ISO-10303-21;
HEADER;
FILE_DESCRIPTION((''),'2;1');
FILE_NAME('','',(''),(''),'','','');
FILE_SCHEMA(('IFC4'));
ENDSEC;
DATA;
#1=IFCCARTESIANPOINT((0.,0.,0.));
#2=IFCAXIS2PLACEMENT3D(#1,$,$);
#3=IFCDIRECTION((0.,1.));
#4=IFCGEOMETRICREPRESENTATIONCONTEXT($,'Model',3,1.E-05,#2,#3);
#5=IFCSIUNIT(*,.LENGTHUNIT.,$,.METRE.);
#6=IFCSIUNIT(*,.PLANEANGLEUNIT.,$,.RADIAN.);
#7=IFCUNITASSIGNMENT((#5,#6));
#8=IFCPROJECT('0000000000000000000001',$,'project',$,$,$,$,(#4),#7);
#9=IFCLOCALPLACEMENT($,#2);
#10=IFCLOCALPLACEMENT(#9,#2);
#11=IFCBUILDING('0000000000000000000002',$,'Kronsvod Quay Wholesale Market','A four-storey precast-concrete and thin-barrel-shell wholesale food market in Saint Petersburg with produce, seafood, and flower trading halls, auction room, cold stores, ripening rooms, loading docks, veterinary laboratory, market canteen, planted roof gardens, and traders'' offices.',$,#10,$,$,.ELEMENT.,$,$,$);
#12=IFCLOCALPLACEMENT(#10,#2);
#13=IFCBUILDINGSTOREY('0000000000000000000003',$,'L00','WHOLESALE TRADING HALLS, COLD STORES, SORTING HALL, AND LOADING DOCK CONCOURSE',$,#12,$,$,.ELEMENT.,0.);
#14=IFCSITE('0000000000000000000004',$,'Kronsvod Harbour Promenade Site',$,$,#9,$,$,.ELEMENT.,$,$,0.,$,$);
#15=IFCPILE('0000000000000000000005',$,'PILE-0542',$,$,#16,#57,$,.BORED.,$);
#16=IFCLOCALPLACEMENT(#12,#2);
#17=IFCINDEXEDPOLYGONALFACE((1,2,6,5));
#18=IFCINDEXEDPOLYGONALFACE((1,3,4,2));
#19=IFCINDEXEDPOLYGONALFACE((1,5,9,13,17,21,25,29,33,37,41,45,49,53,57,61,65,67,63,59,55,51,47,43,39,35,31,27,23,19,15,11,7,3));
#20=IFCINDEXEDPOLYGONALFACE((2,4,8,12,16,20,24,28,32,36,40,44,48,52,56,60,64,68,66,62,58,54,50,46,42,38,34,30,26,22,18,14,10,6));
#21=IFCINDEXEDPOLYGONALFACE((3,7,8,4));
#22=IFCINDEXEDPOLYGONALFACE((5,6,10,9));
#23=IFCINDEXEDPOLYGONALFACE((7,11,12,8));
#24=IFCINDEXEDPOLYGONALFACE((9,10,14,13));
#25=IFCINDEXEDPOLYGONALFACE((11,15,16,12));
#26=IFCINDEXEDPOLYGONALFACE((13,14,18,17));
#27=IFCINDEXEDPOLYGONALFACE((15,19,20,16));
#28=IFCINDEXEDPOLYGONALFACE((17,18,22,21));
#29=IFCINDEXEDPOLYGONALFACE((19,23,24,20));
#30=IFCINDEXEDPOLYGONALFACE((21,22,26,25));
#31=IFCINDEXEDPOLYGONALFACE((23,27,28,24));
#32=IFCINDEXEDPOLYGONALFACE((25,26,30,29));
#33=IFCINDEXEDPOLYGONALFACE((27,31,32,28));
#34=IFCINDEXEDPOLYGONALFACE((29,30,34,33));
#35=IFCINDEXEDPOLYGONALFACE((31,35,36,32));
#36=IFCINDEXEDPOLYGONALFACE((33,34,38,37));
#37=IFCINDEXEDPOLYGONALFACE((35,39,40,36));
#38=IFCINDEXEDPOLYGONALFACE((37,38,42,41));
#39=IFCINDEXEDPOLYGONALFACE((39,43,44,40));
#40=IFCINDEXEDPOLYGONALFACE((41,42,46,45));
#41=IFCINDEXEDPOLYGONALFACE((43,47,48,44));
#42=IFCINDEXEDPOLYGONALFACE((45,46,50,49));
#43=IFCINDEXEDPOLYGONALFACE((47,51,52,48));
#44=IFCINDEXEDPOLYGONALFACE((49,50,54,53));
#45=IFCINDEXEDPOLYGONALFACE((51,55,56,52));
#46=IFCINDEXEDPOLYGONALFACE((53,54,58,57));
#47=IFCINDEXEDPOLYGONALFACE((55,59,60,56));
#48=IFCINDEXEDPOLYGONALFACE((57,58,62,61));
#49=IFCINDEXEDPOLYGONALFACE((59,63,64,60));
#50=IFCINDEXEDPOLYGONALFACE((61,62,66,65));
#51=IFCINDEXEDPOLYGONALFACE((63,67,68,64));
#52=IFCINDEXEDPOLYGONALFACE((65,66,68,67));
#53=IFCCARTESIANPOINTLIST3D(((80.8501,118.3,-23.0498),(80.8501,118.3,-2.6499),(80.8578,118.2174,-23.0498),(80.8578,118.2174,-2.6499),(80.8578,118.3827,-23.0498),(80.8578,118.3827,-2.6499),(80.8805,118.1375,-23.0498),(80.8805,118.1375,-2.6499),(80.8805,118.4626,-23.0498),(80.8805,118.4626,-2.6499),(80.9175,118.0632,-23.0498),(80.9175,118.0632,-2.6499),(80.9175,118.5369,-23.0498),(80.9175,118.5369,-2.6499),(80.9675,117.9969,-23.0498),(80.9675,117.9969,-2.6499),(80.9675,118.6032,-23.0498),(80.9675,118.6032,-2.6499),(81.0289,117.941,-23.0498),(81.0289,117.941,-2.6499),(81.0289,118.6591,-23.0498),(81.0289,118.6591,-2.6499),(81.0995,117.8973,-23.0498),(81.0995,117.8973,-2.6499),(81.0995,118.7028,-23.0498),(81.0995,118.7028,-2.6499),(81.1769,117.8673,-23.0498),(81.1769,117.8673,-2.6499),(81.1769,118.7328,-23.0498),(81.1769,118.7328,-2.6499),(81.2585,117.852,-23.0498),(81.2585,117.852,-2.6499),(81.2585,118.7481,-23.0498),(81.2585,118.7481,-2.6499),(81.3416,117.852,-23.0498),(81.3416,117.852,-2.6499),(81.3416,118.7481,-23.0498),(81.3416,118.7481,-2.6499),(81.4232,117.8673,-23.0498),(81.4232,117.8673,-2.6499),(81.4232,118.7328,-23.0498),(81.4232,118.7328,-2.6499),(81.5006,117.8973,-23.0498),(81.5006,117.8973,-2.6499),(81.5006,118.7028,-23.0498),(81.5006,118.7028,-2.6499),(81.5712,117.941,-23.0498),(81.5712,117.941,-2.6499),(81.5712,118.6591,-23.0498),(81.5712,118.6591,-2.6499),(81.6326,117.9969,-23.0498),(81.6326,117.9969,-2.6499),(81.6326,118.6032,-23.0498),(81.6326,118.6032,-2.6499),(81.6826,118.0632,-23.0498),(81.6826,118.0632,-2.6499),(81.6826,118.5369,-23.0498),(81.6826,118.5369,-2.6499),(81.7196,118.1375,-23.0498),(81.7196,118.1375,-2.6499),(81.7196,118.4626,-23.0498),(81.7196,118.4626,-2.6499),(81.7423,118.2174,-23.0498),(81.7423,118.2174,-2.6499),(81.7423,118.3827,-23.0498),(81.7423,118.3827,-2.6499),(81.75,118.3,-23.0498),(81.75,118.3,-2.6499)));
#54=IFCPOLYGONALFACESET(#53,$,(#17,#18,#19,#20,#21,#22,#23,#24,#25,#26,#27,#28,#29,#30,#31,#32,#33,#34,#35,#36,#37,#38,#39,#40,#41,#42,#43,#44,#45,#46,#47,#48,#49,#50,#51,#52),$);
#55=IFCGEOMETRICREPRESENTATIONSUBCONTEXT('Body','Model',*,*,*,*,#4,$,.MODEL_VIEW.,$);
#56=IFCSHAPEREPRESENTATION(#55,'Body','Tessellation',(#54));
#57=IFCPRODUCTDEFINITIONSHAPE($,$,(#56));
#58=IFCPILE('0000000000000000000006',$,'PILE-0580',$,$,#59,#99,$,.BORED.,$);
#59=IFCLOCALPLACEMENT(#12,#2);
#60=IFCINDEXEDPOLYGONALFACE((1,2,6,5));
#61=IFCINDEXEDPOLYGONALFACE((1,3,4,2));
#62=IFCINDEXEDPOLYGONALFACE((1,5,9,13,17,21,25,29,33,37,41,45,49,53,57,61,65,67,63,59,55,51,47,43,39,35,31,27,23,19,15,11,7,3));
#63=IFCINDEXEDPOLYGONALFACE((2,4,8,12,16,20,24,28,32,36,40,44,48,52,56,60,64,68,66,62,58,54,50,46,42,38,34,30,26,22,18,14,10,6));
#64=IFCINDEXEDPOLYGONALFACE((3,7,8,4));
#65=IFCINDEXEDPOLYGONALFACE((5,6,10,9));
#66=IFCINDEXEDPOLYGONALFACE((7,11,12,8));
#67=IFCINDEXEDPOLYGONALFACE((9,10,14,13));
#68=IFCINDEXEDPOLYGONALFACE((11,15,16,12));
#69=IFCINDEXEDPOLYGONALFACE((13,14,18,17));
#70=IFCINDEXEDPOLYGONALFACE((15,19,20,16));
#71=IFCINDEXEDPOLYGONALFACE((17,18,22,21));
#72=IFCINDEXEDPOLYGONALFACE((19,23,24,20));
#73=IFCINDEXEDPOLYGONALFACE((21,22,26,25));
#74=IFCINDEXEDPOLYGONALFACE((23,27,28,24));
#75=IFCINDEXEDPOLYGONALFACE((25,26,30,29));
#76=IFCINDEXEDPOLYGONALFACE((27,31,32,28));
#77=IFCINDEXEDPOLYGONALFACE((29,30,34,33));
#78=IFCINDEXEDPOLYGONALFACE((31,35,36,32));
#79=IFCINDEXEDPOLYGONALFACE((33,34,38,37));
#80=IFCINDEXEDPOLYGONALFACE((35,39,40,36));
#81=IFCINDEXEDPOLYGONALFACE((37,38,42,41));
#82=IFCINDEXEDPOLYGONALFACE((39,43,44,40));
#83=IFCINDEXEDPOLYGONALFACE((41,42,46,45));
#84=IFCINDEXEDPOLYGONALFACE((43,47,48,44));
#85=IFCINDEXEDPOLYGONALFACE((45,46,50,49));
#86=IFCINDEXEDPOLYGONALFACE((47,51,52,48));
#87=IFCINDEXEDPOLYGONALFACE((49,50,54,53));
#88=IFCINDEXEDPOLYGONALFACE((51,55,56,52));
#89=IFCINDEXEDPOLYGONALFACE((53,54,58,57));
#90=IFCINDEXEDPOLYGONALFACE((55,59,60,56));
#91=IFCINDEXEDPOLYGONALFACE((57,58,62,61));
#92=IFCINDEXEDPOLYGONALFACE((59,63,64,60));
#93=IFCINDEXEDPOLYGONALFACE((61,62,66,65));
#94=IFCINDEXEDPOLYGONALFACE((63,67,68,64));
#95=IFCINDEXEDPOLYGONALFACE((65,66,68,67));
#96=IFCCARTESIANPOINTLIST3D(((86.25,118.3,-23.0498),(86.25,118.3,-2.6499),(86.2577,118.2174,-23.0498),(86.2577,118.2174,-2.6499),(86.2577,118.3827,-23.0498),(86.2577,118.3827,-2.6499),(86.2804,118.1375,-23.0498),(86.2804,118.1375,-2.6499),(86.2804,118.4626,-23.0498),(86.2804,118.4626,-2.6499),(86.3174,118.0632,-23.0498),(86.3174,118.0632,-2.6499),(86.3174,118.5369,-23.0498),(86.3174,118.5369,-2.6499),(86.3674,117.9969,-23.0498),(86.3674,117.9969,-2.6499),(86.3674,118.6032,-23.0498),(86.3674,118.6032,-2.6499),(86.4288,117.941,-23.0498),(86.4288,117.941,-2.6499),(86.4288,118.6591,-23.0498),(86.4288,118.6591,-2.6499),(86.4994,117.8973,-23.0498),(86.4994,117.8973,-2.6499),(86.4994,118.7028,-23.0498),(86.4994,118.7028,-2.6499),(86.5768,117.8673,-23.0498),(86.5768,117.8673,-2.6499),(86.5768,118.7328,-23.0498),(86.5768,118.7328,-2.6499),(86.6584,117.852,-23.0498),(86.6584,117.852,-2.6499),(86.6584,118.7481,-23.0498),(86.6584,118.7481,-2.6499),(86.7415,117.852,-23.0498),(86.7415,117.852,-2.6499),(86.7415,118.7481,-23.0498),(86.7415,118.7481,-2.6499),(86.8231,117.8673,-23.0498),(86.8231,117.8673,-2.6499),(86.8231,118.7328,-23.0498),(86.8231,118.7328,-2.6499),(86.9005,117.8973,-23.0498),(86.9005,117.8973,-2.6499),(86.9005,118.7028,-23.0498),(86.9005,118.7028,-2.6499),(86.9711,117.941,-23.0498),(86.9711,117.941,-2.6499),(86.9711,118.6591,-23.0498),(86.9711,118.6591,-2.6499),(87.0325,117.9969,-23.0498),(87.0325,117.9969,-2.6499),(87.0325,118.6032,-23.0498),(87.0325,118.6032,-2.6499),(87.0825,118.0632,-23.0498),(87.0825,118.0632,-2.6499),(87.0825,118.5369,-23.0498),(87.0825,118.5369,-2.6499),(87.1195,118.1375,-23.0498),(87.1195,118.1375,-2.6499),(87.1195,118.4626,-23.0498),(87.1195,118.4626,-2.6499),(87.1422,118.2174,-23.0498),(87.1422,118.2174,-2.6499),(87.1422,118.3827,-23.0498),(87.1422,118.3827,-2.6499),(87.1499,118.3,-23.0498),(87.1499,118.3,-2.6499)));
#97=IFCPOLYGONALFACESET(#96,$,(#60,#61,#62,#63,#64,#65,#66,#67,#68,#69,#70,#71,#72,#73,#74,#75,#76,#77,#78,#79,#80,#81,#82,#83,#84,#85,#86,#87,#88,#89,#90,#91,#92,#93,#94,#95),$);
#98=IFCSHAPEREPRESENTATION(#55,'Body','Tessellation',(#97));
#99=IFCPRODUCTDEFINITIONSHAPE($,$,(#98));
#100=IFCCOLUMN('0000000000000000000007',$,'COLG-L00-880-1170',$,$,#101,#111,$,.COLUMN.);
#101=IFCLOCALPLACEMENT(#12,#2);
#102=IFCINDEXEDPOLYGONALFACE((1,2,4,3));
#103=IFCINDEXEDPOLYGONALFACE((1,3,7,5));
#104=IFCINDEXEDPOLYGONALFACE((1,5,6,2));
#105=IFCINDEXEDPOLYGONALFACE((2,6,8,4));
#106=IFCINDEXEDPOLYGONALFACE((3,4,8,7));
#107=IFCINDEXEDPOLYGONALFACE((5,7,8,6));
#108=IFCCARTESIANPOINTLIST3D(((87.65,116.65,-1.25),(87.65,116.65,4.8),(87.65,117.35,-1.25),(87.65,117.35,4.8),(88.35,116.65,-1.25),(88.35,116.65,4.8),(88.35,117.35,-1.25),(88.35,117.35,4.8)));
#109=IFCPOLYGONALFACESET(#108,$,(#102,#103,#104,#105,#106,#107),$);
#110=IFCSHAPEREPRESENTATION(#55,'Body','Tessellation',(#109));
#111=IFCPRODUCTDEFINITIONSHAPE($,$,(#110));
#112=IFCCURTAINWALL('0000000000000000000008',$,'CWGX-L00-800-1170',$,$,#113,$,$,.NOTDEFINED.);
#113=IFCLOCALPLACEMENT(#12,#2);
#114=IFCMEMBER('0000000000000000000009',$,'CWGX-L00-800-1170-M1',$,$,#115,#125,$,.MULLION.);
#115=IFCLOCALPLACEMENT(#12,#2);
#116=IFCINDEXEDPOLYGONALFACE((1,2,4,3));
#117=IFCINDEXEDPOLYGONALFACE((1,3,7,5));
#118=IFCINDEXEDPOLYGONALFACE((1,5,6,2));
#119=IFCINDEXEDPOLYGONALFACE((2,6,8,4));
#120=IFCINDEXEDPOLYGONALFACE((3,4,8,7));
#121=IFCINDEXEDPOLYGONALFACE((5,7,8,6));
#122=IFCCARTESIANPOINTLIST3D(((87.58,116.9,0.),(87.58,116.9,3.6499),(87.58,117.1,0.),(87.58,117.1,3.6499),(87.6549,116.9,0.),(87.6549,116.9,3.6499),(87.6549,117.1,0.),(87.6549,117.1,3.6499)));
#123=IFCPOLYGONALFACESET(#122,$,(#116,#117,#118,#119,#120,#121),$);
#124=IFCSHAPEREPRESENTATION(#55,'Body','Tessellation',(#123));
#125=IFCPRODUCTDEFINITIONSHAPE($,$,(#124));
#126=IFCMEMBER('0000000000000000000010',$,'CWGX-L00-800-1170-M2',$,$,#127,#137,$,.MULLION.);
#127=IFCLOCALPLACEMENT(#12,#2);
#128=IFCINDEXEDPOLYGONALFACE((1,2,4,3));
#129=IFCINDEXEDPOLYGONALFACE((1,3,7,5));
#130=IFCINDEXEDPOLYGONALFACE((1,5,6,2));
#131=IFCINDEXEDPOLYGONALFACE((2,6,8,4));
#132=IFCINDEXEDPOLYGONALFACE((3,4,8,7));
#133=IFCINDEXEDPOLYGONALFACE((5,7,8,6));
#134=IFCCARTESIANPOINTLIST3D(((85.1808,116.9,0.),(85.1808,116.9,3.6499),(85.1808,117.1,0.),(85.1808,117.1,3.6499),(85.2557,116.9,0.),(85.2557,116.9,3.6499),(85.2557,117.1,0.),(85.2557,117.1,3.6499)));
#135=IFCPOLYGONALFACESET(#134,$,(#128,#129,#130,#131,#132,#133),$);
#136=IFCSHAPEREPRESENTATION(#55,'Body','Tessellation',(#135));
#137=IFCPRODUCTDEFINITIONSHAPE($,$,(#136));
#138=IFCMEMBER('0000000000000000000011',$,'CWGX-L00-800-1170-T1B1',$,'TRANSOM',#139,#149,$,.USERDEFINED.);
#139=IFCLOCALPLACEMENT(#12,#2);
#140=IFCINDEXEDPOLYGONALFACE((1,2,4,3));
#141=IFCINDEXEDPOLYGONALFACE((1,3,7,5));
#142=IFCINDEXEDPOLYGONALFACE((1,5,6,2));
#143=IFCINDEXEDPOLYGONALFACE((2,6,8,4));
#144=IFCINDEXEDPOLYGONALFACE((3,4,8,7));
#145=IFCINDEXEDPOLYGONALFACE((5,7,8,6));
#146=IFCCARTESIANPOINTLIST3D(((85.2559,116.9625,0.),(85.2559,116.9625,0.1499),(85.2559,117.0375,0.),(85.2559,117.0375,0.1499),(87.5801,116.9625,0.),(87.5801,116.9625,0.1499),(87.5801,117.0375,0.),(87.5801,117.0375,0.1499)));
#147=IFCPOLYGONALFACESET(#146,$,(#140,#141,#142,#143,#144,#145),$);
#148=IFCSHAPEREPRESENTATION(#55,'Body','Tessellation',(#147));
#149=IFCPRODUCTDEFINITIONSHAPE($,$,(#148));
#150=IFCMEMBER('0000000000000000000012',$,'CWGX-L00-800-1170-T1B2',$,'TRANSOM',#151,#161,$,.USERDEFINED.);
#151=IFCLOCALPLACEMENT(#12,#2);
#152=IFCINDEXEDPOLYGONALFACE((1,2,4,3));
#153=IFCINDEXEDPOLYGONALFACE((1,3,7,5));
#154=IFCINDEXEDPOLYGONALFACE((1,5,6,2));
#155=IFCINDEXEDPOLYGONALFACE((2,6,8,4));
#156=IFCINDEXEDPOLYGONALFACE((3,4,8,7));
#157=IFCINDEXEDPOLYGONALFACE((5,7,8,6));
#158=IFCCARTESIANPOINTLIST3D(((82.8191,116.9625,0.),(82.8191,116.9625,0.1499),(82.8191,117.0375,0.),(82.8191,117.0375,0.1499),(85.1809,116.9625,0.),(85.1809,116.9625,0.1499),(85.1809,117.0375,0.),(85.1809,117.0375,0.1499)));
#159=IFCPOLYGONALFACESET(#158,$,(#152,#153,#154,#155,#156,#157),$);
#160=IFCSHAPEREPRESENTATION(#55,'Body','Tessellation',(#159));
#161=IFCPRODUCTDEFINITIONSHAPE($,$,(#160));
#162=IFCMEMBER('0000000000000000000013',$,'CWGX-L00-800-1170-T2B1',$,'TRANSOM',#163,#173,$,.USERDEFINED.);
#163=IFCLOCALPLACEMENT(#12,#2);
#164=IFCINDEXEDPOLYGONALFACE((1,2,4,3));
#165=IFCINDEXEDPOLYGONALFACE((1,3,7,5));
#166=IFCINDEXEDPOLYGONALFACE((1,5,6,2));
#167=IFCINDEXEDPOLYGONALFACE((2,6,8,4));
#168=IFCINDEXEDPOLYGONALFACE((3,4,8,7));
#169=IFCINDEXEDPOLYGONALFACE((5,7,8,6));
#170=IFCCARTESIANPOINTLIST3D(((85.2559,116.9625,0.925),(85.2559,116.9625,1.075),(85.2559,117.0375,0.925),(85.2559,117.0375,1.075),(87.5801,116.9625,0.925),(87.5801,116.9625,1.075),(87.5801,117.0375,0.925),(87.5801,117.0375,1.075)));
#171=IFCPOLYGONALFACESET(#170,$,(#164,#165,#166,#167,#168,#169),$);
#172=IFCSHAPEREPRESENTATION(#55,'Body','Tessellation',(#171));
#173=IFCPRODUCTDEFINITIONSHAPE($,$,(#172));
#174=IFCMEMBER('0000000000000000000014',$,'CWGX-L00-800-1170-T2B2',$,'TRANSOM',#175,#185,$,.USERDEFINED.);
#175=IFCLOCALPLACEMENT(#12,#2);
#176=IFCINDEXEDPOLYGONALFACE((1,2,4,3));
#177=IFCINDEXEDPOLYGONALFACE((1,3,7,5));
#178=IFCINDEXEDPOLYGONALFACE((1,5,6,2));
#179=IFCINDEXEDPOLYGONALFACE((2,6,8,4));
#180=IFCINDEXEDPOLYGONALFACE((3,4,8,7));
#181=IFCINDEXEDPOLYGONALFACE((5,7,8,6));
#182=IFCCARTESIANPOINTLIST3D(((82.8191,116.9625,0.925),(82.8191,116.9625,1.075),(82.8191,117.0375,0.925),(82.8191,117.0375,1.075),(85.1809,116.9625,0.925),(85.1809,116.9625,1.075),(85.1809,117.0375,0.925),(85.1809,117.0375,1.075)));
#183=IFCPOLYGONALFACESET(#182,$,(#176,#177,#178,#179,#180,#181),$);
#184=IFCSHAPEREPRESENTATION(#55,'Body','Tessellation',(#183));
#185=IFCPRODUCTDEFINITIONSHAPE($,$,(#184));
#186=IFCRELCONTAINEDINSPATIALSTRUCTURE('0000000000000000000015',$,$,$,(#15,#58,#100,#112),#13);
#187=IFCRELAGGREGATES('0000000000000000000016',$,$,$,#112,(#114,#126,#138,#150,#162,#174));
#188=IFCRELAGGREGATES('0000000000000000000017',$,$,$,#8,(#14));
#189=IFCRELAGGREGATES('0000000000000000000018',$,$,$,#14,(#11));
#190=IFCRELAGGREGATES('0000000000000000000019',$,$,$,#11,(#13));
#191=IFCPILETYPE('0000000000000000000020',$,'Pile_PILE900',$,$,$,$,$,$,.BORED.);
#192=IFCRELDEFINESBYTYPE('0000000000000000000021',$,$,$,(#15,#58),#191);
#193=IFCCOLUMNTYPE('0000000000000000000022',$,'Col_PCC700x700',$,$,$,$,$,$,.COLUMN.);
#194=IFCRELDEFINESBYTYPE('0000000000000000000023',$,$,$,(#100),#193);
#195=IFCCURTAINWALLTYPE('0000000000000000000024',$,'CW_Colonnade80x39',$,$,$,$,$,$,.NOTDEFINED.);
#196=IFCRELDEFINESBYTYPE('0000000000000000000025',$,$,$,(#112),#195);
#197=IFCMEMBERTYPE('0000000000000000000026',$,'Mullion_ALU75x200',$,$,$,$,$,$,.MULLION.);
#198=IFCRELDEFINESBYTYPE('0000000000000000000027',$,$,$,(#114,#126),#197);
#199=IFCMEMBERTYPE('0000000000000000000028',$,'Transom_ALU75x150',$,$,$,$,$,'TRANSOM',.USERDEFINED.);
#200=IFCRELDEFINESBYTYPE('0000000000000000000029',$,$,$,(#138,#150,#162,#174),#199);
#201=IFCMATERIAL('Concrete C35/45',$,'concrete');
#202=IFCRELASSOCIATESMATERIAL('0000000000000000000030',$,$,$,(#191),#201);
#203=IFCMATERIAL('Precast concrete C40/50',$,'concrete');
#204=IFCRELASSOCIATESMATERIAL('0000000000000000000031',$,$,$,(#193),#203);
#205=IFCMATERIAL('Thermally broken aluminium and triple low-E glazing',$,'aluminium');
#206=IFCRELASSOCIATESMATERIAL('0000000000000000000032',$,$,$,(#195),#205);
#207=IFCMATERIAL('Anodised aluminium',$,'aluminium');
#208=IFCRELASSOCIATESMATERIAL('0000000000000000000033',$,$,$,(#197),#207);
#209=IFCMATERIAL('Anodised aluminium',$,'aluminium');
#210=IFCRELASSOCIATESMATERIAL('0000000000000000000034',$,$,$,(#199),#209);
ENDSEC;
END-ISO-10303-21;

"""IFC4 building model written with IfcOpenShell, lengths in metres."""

from ifc_helpers import new_model, si_unit, direction, frame, origin, origin_2d, place, context, subcontext, project, spatial, rectangle, circle, extrude, material, material_profile, profile_set, type_object, element, aggregate, save


model = new_model("IFC4")

# Units and contexts
model_context = context("Model", 3, precision=1e-05, world=origin(), true_north=direction((0.0, 1.0)))
body_context = subcontext(model_context, "Body", "Model", "MODEL_VIEW")
ifc_project = project(units=[si_unit("LENGTHUNIT", "METRE"), si_unit("PLANEANGLEUNIT", "RADIAN")], contexts=[model_context])

# Site, building, storey
site_placement = place(None, origin())
site = spatial("IfcSite", under=ifc_project, at=site_placement, Name="Kronsvod Harbour Promenade Site", CompositionType="ELEMENT", RefElevation=0.0)
building_placement = place(site_placement, origin())
building = spatial("IfcBuilding", under=site, at=building_placement, Name="Kronsvod Quay Wholesale Market", Description="A four-storey precast-concrete and thin-barrel-shell wholesale food market in Saint Petersburg with produce, seafood, and flower trading halls, auction room, cold stores, ripening rooms, loading docks, veterinary laboratory, market canteen, planted roof gardens, and traders' offices.", CompositionType="ELEMENT")
storey_placement = place(building_placement, origin())
storey = spatial("IfcBuildingStorey", under=building, at=storey_placement, Name="L00", Description="WHOLESALE TRADING HALLS, COLD STORES, SORTING HALL, AND LOADING DOCK CONCOURSE", CompositionType="ELEMENT", Elevation=0.0)

# Piles
ifc_material_1 = material(Name="Concrete C35/45", Category="concrete")
ifc_material_profile_1 = material_profile(ifc_material_1, circle(Radius=0.45, at=origin_2d()), Name="PILE900")
ifc_profile_set_1 = profile_set([ifc_material_profile_1], Name="Concrete C35/45")
pile_type = type_object("IfcPileType", Name="Pile_PILE900", PredefinedType="BORED", material=ifc_profile_set_1)
for number, where, z_axis, x_axis, name in (
    (1, (81.3, 118.3, -2.6499), (0.0, 0.0, -1.0), (1.0, 0.0, 0.0), "PILE-0542"),
    (2, (86.7, 118.3, -2.6499), (0.0, 0.0, -1.0), (1.0, 0.0, 0.0), "PILE-0580"),
):
    element("IfcPile", number, at=place(storey_placement, frame(where, z_axis=z_axis, x_axis=x_axis)), inside=storey, type_object=pile_type, Name=name, PredefinedType="BORED", context=body_context, shape_type="SweptSolid", body=[
        extrude(circle(Radius=0.45, at=origin_2d()), origin(), (0.0, 0.0, 1.0), 20.3999),
    ])

# Column
ifc_material_2 = material(Name="Precast concrete C40/50", Category="concrete")
ifc_material_profile_2 = material_profile(ifc_material_2, rectangle(XDim=0.7, YDim=0.7, at=origin_2d()), Name="PCC700x700")
ifc_profile_set_2 = profile_set([ifc_material_profile_2], Name="Precast concrete C40/50")
column_type = type_object("IfcColumnType", Name="Col_PCC700x700", PredefinedType="COLUMN", material=ifc_profile_set_2)
column_placement = place(storey_placement, frame((88.0, 117.0, -1.25), z_axis=(0.0, 0.0, 1.0), x_axis=(1.0, 0.0, 0.0)))
element("IfcColumn", 3, at=column_placement, inside=storey, type_object=column_type, Name="COLG-L00-880-1170", PredefinedType="COLUMN", context=body_context, shape_type="SweptSolid", body=[
    extrude(rectangle(XDim=0.7, YDim=0.7, at=origin_2d()), origin(), (0.0, 0.0, 1.0), 6.05),
])

# Curtain wall, members
ifc_material_3 = material(Name="Thermally broken aluminium and triple low-E glazing", Category="aluminium")
curtain_wall_type = type_object("IfcCurtainWallType", Name="CW_Colonnade80x39", PredefinedType="NOTDEFINED", material=ifc_material_3)
curtain_wall_placement = place(storey_placement, origin())
curtain_wall = element("IfcCurtainWall", 4, at=curtain_wall_placement, inside=storey, type_object=curtain_wall_type, Name="CWGX-L00-800-1170", PredefinedType="NOTDEFINED")
ifc_material_4 = material(Name="Anodised aluminium", Category="aluminium")
ifc_material_profile_3 = material_profile(ifc_material_4, rectangle(XDim=0.075, YDim=0.2, at=origin_2d()), Name="ALUM75x200")
ifc_profile_set_3 = profile_set([ifc_material_profile_3], Name="Anodised aluminium")
member_type_1 = type_object("IfcMemberType", Name="Mullion_ALU75x200", PredefinedType="MULLION", material=ifc_profile_set_3)
member_1_placement = place(storey_placement, frame((87.6174, 117.0, 0.0), z_axis=(0.0, 0.0, 1.0), x_axis=(1.0, 0.0, 0.0)))
member_1 = element("IfcMember", 5, at=member_1_placement, type_object=member_type_1, Name="CWGX-L00-800-1170-M1", PredefinedType="MULLION", context=body_context, shape_type="SweptSolid", body=[
    extrude(rectangle(XDim=0.075, YDim=0.2, at=origin_2d()), origin(), (0.0, 0.0, 1.0), 3.6499),
])
member_2_placement = place(storey_placement, frame((85.2183, 117.0, 0.0), z_axis=(0.0, 0.0, 1.0), x_axis=(1.0, 0.0, 0.0)))
member_2 = element("IfcMember", 6, at=member_2_placement, type_object=member_type_1, Name="CWGX-L00-800-1170-M2", PredefinedType="MULLION", context=body_context, shape_type="SweptSolid", body=[
    extrude(rectangle(XDim=0.075, YDim=0.2, at=origin_2d()), origin(), (0.0, 0.0, 1.0), 3.6499),
])
ifc_material_5 = material(Name="Anodised aluminium", Category="aluminium")
ifc_material_profile_4 = material_profile(ifc_material_5, rectangle(XDim=0.075, YDim=0.1499, at=origin_2d()), Name="ALUT75x150")
ifc_profile_set_4 = profile_set([ifc_material_profile_4], Name="Anodised aluminium")
member_type_2 = type_object("IfcMemberType", Name="Transom_ALU75x150", ElementType="TRANSOM", PredefinedType="USERDEFINED", material=ifc_profile_set_4)
member_3_placement = place(storey_placement, frame((87.5801, 117.0, 0.075), z_axis=(-1.0, 0.0, 0.0), x_axis=(0.0, -1.0, 0.0)))
member_3 = element("IfcMember", 7, at=member_3_placement, type_object=member_type_2, Name="CWGX-L00-800-1170-T1B1", ObjectType="TRANSOM", PredefinedType="USERDEFINED", context=body_context, shape_type="SweptSolid", body=[
    extrude(rectangle(XDim=0.075, YDim=0.1499, at=origin_2d()), origin(), (0.0, 0.0, 1.0), 2.3242),
])
member_4_placement = place(storey_placement, frame((85.1809, 117.0, 0.075), z_axis=(-1.0, 0.0, 0.0), x_axis=(0.0, -1.0, 0.0)))
member_4 = element("IfcMember", 8, at=member_4_placement, type_object=member_type_2, Name="CWGX-L00-800-1170-T1B2", ObjectType="TRANSOM", PredefinedType="USERDEFINED", context=body_context, shape_type="SweptSolid", body=[
    extrude(rectangle(XDim=0.075, YDim=0.1499, at=origin_2d()), origin(), (0.0, 0.0, 1.0), 2.3618),
])
member_5_placement = place(storey_placement, frame((87.5801, 117.0, 1.0), z_axis=(-1.0, 0.0, 0.0), x_axis=(0.0, -1.0, 0.0)))
member_5 = element("IfcMember", 9, at=member_5_placement, type_object=member_type_2, Name="CWGX-L00-800-1170-T2B1", ObjectType="TRANSOM", PredefinedType="USERDEFINED", context=body_context, shape_type="SweptSolid", body=[
    extrude(rectangle(XDim=0.075, YDim=0.1499, at=origin_2d()), origin(), (0.0, 0.0, 1.0), 2.3242),
])
member_6_placement = place(storey_placement, frame((85.1809, 117.0, 1.0), z_axis=(-1.0, 0.0, 0.0), x_axis=(0.0, -1.0, 0.0)))
member_6 = element("IfcMember", 10, at=member_6_placement, type_object=member_type_2, Name="CWGX-L00-800-1170-T2B2", ObjectType="TRANSOM", PredefinedType="USERDEFINED", context=body_context, shape_type="SweptSolid", body=[
    extrude(rectangle(XDim=0.075, YDim=0.1499, at=origin_2d()), origin(), (0.0, 0.0, 1.0), 2.3618),
])
aggregate(curtain_wall, [member_1, member_2, member_3, member_4, member_5, member_6])

save(model, "model.ifc")
